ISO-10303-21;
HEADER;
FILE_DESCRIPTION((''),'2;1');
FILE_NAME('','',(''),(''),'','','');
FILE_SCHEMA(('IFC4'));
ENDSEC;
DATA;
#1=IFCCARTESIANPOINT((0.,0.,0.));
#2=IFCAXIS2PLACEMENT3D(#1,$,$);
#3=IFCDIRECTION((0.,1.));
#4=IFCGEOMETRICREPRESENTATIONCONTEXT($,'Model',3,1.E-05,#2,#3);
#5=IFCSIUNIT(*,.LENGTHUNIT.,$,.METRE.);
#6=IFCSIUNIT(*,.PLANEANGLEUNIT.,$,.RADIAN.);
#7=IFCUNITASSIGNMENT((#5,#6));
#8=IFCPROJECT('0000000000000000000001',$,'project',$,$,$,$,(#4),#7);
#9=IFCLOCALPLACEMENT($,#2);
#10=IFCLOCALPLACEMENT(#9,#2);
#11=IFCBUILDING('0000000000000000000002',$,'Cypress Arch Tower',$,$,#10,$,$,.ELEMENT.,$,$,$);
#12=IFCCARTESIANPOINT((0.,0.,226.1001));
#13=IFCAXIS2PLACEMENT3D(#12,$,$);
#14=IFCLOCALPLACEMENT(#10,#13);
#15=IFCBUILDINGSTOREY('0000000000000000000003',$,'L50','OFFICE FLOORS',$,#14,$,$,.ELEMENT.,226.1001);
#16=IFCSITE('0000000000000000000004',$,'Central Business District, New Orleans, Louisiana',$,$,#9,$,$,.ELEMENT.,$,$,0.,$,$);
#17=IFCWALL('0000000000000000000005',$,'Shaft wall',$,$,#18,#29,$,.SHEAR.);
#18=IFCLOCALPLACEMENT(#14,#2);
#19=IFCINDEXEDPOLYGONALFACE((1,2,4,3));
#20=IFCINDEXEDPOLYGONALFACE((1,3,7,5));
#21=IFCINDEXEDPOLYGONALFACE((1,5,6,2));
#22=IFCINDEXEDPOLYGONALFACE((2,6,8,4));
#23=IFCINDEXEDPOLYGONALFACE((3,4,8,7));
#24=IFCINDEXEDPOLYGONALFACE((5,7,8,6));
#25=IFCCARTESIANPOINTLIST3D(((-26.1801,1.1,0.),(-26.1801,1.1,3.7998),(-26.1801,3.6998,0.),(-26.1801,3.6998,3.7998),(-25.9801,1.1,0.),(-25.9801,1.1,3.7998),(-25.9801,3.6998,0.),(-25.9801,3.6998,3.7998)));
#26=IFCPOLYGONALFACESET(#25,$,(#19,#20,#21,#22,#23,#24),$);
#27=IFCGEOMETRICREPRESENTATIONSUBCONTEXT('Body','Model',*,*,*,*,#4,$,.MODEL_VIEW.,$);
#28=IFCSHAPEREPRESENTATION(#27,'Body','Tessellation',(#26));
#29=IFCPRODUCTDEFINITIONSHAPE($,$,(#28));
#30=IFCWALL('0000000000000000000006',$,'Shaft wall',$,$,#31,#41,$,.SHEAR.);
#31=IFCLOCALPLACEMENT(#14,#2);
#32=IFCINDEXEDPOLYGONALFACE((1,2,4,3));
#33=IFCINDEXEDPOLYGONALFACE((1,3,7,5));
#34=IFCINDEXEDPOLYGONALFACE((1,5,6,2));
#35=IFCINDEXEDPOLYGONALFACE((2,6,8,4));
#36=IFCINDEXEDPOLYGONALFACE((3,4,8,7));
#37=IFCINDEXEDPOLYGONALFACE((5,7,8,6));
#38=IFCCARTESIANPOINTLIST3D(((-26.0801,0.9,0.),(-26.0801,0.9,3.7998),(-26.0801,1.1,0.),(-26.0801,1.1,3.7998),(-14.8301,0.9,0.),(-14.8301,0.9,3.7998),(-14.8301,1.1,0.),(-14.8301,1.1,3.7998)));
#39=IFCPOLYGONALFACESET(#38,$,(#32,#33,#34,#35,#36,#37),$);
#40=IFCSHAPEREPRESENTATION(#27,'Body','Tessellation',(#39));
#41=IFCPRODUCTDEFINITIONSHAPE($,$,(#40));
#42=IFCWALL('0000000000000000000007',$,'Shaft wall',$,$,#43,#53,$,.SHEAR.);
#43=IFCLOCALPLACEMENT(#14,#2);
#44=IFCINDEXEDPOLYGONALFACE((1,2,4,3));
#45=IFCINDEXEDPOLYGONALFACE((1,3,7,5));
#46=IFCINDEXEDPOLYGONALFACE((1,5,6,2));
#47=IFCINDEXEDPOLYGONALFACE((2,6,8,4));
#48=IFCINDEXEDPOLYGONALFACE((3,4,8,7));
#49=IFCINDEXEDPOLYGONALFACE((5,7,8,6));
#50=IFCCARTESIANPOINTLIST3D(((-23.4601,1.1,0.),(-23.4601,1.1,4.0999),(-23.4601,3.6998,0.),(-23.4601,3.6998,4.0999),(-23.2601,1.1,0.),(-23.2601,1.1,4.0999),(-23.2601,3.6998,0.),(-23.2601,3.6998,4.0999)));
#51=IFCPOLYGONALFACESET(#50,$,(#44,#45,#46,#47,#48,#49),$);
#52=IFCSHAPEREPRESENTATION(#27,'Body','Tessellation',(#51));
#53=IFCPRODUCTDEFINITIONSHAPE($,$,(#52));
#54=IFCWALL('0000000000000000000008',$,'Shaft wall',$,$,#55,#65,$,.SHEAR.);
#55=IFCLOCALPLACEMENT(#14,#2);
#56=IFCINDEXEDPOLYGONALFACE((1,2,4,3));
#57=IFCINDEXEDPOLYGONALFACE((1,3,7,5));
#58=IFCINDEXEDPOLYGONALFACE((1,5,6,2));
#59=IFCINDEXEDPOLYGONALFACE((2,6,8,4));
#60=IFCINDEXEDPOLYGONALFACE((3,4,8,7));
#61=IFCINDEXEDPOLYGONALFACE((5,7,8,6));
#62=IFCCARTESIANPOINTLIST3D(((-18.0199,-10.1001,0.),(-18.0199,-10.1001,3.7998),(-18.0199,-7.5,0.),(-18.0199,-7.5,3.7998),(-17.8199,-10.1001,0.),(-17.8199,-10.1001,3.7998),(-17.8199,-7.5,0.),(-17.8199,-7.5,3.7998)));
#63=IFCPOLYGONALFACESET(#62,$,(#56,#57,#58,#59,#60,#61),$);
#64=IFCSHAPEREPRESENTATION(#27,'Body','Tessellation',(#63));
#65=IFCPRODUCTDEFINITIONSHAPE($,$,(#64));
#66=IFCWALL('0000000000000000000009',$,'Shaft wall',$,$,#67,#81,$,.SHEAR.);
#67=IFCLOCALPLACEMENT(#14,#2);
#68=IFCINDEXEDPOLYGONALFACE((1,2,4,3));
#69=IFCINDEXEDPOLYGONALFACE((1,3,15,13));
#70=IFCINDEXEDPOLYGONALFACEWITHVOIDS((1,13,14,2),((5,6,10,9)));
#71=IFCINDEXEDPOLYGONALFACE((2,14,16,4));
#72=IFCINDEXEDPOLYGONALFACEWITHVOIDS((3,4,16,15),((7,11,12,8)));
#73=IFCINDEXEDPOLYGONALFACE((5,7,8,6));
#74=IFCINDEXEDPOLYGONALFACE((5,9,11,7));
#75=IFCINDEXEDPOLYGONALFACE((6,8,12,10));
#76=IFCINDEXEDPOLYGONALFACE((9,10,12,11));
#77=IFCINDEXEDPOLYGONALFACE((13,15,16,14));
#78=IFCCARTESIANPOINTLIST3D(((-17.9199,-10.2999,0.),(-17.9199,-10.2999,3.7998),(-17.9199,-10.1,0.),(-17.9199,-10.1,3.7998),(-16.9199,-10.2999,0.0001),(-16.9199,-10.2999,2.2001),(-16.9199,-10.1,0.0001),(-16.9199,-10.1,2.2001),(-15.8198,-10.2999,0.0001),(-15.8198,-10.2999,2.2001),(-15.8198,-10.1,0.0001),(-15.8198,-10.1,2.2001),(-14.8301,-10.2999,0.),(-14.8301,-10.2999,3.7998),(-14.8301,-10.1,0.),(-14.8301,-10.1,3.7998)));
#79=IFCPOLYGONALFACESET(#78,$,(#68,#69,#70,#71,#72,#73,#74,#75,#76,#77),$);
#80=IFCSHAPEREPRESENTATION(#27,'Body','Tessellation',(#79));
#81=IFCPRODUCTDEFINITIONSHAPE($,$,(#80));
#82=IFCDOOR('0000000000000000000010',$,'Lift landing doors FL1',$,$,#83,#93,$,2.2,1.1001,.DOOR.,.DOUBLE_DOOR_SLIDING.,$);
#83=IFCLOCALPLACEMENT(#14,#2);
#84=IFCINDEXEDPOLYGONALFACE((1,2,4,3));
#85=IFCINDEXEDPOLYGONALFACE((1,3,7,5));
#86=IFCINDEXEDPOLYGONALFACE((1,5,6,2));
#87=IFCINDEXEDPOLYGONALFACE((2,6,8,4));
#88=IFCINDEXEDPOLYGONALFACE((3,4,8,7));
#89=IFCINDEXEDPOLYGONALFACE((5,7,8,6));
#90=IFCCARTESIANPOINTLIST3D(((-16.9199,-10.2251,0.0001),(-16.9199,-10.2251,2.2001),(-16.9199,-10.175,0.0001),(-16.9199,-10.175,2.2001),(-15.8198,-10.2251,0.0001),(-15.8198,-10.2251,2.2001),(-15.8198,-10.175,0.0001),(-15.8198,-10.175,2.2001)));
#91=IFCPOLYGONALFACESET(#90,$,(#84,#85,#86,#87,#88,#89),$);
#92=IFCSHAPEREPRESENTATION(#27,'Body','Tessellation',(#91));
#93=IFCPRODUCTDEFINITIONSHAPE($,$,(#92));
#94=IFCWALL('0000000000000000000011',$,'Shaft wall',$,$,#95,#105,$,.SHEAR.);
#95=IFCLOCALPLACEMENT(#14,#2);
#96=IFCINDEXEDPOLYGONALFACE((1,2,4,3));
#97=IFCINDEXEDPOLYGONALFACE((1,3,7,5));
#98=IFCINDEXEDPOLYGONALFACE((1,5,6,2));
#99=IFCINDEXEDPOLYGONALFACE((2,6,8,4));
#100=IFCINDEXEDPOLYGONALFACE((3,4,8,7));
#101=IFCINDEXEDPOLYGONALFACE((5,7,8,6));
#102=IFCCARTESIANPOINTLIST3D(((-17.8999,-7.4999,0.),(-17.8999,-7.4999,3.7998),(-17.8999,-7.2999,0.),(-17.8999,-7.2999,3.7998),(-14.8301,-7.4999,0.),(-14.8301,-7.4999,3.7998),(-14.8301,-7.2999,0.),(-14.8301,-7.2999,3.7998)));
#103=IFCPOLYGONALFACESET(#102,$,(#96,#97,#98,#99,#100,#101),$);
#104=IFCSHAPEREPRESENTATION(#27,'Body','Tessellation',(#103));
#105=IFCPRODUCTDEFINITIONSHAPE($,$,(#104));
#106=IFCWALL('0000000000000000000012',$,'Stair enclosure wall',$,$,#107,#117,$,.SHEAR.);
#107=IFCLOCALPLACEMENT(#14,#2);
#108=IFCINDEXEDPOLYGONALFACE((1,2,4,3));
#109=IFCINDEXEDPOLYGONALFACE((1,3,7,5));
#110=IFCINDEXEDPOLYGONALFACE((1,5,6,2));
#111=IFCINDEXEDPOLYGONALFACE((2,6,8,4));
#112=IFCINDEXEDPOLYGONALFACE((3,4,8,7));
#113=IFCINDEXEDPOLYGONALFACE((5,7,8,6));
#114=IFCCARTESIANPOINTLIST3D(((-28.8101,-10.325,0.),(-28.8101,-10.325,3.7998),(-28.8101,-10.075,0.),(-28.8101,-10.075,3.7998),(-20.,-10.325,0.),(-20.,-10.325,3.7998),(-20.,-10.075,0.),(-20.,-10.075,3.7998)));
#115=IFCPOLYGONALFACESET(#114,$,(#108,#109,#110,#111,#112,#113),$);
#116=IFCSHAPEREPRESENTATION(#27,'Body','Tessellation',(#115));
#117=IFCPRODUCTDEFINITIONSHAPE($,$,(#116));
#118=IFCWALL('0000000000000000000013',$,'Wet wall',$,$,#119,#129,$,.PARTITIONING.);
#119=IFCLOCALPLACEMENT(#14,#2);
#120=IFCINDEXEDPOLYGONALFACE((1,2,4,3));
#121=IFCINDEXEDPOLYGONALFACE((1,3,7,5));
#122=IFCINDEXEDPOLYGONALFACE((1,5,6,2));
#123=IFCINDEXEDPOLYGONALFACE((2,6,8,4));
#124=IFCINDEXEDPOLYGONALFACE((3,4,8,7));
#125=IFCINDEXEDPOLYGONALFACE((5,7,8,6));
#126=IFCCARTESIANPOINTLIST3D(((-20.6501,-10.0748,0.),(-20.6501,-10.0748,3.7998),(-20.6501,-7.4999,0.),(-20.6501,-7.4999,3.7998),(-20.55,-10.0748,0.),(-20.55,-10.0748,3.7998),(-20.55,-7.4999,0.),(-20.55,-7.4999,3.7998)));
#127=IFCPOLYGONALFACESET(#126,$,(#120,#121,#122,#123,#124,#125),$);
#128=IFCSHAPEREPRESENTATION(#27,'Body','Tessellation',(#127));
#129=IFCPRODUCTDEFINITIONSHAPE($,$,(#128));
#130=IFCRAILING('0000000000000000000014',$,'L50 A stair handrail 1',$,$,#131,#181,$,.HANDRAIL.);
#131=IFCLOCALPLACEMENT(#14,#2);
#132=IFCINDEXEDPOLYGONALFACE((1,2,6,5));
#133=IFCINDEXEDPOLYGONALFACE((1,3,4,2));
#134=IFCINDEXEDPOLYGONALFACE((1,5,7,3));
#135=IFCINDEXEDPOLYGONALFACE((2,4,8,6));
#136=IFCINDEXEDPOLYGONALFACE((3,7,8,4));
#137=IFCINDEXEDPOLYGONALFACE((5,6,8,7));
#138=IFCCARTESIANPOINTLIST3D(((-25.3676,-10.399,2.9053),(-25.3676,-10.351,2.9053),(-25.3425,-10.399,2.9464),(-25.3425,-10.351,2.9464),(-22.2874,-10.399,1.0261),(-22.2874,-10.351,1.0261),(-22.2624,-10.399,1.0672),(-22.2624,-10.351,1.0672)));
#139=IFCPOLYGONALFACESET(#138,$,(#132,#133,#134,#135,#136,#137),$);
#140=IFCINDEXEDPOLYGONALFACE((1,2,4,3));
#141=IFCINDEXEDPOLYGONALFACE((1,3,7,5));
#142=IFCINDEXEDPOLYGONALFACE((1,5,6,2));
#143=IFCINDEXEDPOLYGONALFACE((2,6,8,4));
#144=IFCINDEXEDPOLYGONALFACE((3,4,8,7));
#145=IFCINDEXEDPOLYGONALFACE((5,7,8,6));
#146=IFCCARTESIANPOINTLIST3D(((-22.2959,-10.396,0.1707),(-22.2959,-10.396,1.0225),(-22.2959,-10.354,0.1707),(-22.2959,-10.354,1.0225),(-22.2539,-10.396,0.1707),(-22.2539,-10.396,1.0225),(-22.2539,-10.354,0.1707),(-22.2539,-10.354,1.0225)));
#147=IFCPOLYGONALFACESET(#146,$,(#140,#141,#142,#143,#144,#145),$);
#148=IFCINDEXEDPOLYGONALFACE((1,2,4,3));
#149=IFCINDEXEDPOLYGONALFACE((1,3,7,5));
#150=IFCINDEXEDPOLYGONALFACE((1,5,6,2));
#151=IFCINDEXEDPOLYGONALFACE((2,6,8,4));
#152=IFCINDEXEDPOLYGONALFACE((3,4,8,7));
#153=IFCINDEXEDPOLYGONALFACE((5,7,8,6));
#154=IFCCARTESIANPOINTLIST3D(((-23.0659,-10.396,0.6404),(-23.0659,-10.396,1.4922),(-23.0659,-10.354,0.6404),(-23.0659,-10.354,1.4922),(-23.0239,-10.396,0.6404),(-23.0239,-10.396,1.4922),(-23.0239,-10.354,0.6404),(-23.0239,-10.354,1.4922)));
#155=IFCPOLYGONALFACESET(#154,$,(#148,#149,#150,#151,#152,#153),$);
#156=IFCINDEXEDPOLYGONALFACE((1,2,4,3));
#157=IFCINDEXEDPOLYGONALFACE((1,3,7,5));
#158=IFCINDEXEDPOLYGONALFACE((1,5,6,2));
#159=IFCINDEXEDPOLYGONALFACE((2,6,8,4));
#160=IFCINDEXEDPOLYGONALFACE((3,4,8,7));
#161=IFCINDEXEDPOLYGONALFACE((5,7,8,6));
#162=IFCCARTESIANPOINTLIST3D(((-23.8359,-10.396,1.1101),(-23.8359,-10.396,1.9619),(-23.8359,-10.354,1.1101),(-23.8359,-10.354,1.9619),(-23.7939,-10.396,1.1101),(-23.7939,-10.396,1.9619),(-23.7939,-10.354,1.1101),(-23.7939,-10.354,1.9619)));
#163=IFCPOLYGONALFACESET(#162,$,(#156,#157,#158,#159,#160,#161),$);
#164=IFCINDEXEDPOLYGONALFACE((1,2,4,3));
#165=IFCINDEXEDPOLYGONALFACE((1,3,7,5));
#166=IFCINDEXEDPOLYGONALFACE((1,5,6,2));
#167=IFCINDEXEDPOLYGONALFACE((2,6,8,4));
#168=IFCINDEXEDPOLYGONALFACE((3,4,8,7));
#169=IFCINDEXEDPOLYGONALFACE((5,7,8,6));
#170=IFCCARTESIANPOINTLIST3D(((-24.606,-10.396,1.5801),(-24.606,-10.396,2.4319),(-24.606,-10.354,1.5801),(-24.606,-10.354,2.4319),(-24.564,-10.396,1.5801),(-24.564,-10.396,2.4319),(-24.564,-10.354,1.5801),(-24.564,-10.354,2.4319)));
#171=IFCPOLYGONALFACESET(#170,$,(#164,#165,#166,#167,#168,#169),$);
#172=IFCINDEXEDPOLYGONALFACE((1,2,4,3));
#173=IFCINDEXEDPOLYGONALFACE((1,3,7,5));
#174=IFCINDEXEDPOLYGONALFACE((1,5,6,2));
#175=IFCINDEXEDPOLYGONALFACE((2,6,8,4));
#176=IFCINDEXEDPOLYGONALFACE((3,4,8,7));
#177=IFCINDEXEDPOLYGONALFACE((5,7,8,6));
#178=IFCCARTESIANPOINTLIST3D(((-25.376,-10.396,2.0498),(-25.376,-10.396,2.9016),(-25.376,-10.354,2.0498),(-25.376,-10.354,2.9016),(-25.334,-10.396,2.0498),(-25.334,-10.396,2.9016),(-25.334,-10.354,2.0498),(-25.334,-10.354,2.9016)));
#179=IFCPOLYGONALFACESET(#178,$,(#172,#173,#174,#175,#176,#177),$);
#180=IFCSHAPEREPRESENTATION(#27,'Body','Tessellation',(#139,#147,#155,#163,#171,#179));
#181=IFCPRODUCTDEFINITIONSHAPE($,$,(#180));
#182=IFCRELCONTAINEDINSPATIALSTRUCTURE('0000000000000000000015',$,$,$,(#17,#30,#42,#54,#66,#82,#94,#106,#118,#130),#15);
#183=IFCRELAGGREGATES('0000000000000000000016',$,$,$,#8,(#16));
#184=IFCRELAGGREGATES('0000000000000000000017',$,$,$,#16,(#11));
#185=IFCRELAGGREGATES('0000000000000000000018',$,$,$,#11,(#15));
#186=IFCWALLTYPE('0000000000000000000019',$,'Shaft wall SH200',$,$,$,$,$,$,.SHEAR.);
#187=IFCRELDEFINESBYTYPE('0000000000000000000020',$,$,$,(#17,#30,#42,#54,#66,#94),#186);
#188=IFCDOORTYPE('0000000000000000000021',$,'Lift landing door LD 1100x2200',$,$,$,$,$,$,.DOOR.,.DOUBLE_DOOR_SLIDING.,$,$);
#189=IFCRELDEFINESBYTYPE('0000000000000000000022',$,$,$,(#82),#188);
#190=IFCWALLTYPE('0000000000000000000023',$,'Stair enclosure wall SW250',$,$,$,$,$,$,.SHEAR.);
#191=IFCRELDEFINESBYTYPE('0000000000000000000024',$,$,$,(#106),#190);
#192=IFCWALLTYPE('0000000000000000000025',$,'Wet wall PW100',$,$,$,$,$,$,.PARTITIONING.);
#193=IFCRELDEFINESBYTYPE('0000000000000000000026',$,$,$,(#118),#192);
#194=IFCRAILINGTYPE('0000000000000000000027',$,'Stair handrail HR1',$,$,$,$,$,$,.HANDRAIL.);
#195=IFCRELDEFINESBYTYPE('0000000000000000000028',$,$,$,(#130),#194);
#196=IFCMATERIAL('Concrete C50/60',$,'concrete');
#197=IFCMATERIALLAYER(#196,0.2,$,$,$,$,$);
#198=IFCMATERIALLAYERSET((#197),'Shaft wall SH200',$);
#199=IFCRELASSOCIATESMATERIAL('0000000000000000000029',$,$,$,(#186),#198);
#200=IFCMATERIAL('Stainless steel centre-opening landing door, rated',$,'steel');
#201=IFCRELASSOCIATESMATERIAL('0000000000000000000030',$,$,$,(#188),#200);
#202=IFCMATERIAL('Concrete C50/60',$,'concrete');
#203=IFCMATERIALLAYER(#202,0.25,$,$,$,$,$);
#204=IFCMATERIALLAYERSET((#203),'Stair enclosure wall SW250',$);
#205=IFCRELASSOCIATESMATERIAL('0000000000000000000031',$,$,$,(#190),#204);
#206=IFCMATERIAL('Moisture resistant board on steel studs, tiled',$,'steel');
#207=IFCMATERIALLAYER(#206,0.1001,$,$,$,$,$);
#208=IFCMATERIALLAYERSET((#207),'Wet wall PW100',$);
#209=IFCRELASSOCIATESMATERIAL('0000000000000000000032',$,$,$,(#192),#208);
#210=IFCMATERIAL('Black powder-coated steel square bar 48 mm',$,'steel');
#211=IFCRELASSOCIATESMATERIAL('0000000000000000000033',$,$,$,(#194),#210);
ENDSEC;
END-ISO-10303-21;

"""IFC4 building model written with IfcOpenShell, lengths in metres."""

from ifc_helpers import new_model, si_unit, direction, frame, frame_2d, origin, origin_2d, place, context, subcontext, project, spatial, rectangle, extrude, material, layer, layer_set, type_object, element, fill, save


model = new_model("IFC4")

# Units and contexts
model_context = context("Model", 3, precision=1e-05, world=origin(), true_north=direction((0.0, 1.0)))
body_context = subcontext(model_context, "Body", "Model", "MODEL_VIEW")
ifc_project = project(units=[si_unit("LENGTHUNIT", "METRE"), si_unit("PLANEANGLEUNIT", "RADIAN")], contexts=[model_context])

# Site, building, storey
site_placement = place(None, origin())
site = spatial("IfcSite", under=ifc_project, at=site_placement, Name="Central Business District, New Orleans, Louisiana", CompositionType="ELEMENT", RefElevation=0.0)
building_placement = place(site_placement, origin())
building = spatial("IfcBuilding", under=site, at=building_placement, Name="Cypress Arch Tower", CompositionType="ELEMENT")
storey_placement = place(building_placement, frame((0.0, 0.0, 226.1001)))
storey = spatial("IfcBuildingStorey", under=building, at=storey_placement, Name="L50", Description="OFFICE FLOORS", CompositionType="ELEMENT", Elevation=226.1001)

# Walls
ifc_material_1 = material(Name="Concrete C50/60", Category="concrete")
ifc_layer_1 = layer(ifc_material_1, 0.2)
ifc_layer_set_1 = layer_set([ifc_layer_1], Name="Shaft wall SH200")
wall_type_1 = type_object("IfcWallType", Name="Shaft wall SH200", PredefinedType="SHEAR", material=ifc_layer_set_1)
wall_1_placement = place(storey_placement, frame((-26.0801, 1.1001, 0.0), z_axis=(0.0, 0.0, 1.0), x_axis=(0.0, 1.0, 0.0)))
element("IfcWall", 1, at=wall_1_placement, inside=storey, type_object=wall_type_1, Name="Shaft wall", PredefinedType="SHEAR", context=body_context, shape_type="SweptSolid", body=[
    extrude(rectangle(XDim=2.5999, YDim=0.2, at=frame_2d((1.2998, 0.0))), origin(), (0.0, 0.0, 1.0), 3.7998),
])
wall_2_placement = place(storey_placement, frame((-26.0801, 1.0, 0.0), z_axis=(0.0, 0.0, 1.0), x_axis=(1.0, 0.0, 0.0)))
element("IfcWall", 2, at=wall_2_placement, inside=storey, type_object=wall_type_1, Name="Shaft wall", PredefinedType="SHEAR", context=body_context, shape_type="SweptSolid", body=[
    extrude(rectangle(XDim=11.25, YDim=0.2, at=frame_2d((5.625, 0.0))), origin(), (0.0, 0.0, 1.0), 3.7998),
])
wall_3_placement = place(storey_placement, frame((-23.3601, 1.1001, 0.0), z_axis=(0.0, 0.0, 1.0), x_axis=(0.0, 1.0, 0.0)))
element("IfcWall", 3, at=wall_3_placement, inside=storey, type_object=wall_type_1, Name="Shaft wall", PredefinedType="SHEAR", context=body_context, shape_type="SweptSolid", body=[
    extrude(rectangle(XDim=2.5999, YDim=0.2, at=frame_2d((1.2998, 0.0))), origin(), (0.0, 0.0, 1.0), 4.0999),
])
wall_4_placement = place(storey_placement, frame((-17.9199, -10.1001, 0.0), z_axis=(0.0, 0.0, 1.0), x_axis=(0.0, 1.0, 0.0)))
element("IfcWall", 4, at=wall_4_placement, inside=storey, type_object=wall_type_1, Name="Shaft wall", PredefinedType="SHEAR", context=body_context, shape_type="SweptSolid", body=[
    extrude(rectangle(XDim=2.6001, YDim=0.2, at=frame_2d((1.3, 0.0))), origin(), (0.0, 0.0, 1.0), 3.7998),
])

# Wall, opening, door
wall_5_placement = place(storey_placement, frame((-17.9199, -10.2, 0.0), z_axis=(0.0, 0.0, 1.0), x_axis=(1.0, 0.0, 0.0)))
wall_5 = element("IfcWall", 5, at=wall_5_placement, inside=storey, type_object=wall_type_1, Name="Shaft wall", PredefinedType="SHEAR", context=body_context, shape_type="SweptSolid", body=[
    extrude(rectangle(XDim=3.0898, YDim=0.2, at=frame_2d((1.5449, 0.0))), origin(), (0.0, 0.0, 1.0), 3.7998),
])
opening_1_placement = place(wall_5_placement, frame((1.0, 0.0, 0.0)))
opening_1 = element("IfcOpeningElement", 6, at=opening_1_placement, cuts=wall_5, PredefinedType="OPENING", context=body_context, shape_type="SweptSolid", body=[
    extrude(rectangle(XDim=1.1001, YDim=2.2, at=frame_2d((0.55, 1.1001))), frame((0.0, 0.1099, 0.0), z_axis=(0.0, -1.0, 0.0), x_axis=(1.0, 0.0, 0.0)), (0.0, 0.0, 1.0), 0.22),
])
ifc_material_2 = material(Name="Stainless steel centre-opening landing door, rated", Category="steel")
door_type_1 = type_object("IfcDoorType", Name="Lift landing door LD 1100x2200", OperationType="DOUBLE_DOOR_SLIDING", PredefinedType="DOOR", material=ifc_material_2)
door_1_placement = place(opening_1_placement, origin())
door_1 = element("IfcDoor", 7, at=door_1_placement, inside=storey, type_object=door_type_1, Name="Lift landing doors FL1", OperationType="DOUBLE_DOOR_SLIDING", OverallHeight=2.2, OverallWidth=1.1001, PredefinedType="DOOR", context=body_context, shape_type="SweptSolid", body=[
    extrude(rectangle(XDim=1.1001, YDim=2.2, at=frame_2d((0.55, 1.1001))), frame((0.0, 0.0249, 0.0), z_axis=(0.0, -1.0, 0.0), x_axis=(1.0, 0.0, 0.0)), (0.0, 0.0, 1.0), 0.05),
])
fill(opening_1, door_1)

# Walls
wall_6_placement = place(storey_placement, frame((-17.8999, -7.3999, 0.0), z_axis=(0.0, 0.0, 1.0), x_axis=(1.0, 0.0, 0.0)))
element("IfcWall", 8, at=wall_6_placement, inside=storey, type_object=wall_type_1, Name="Shaft wall", PredefinedType="SHEAR", context=body_context, shape_type="SweptSolid", body=[
    extrude(rectangle(XDim=3.0698, YDim=0.2, at=frame_2d((1.5349, 0.0))), origin(), (0.0, 0.0, 1.0), 3.7998),
])
ifc_material_3 = material(Name="Concrete C50/60", Category="concrete")
ifc_layer_2 = layer(ifc_material_3, 0.25)
ifc_layer_set_2 = layer_set([ifc_layer_2], Name="Stair enclosure wall SW250")
wall_type_2 = type_object("IfcWallType", Name="Stair enclosure wall SW250", PredefinedType="SHEAR", material=ifc_layer_set_2)
wall_7_placement = place(storey_placement, frame((-28.8101, -10.2, 0.0), z_axis=(0.0, 0.0, 1.0), x_axis=(1.0, 0.0, 0.0)))
element("IfcWall", 9, at=wall_7_placement, inside=storey, type_object=wall_type_2, Name="Stair enclosure wall", PredefinedType="SHEAR", context=body_context, shape_type="SweptSolid", body=[
    extrude(rectangle(XDim=8.8101, YDim=0.25, at=frame_2d((4.405, 0.0))), origin(), (0.0, 0.0, 1.0), 3.7998),
])
ifc_material_4 = material(Name="Moisture resistant board on steel studs, tiled", Category="steel")
ifc_layer_3 = layer(ifc_material_4, 0.1001)
ifc_layer_set_3 = layer_set([ifc_layer_3], Name="Wet wall PW100")
wall_type_3 = type_object("IfcWallType", Name="Wet wall PW100", PredefinedType="PARTITIONING", material=ifc_layer_set_3)
wall_8_placement = place(storey_placement, frame((-20.6001, -10.075, 0.0), z_axis=(0.0, 0.0, 1.0), x_axis=(0.0, 1.0, 0.0)))
element("IfcWall", 10, at=wall_8_placement, inside=storey, type_object=wall_type_3, Name="Wet wall", PredefinedType="PARTITIONING", context=body_context, shape_type="SweptSolid", body=[
    extrude(rectangle(XDim=2.575, YDim=0.1001, at=frame_2d((1.2876, 0.0))), origin(), (0.0, 0.0, 1.0), 3.7998),
])

# Railing
ifc_material_5 = material(Name="Black powder-coated steel square bar 48 mm", Category="steel")
railing_type_1 = type_object("IfcRailingType", Name="Stair handrail HR1", PredefinedType="HANDRAIL", material=ifc_material_5)
railing_1_placement = place(storey_placement, frame((-22.2749, -10.375, 0.1707)))
element("IfcRailing", 11, at=railing_1_placement, inside=storey, type_object=railing_type_1, Name="L50 A stair handrail 1", PredefinedType="HANDRAIL", context=body_context, shape_type="SweptSolid", body=[
    extrude(rectangle(XDim=0.0481, YDim=0.0481, at=origin_2d()), frame((0.0, 0.0, 0.876), z_axis=(-0.853666, 0.0, 0.52082), x_axis=(0.0, -1.0, 0.0)), (0.0, 0.0, 1.0), 3.6082),
    extrude(rectangle(XDim=0.042, YDim=0.042, at=origin_2d()), origin(), (0.0, 0.0, 1.0), 0.8518),
    extrude(rectangle(XDim=0.042, YDim=0.042, at=origin_2d()), frame((-0.77, 0.0, 0.4697)), (0.0, 0.0, 1.0), 0.8518),
    extrude(rectangle(XDim=0.042, YDim=0.042, at=origin_2d()), frame((-1.54, 0.0, 0.9395)), (0.0, 0.0, 1.0), 0.8518),
    extrude(rectangle(XDim=0.042, YDim=0.042, at=origin_2d()), frame((-2.3101, 0.0, 1.4094)), (0.0, 0.0, 1.0), 0.8518),
    extrude(rectangle(XDim=0.042, YDim=0.042, at=origin_2d()), frame((-3.0801, 0.0, 1.8792)), (0.0, 0.0, 1.0), 0.8518),
])

save(model, "model.ifc")
